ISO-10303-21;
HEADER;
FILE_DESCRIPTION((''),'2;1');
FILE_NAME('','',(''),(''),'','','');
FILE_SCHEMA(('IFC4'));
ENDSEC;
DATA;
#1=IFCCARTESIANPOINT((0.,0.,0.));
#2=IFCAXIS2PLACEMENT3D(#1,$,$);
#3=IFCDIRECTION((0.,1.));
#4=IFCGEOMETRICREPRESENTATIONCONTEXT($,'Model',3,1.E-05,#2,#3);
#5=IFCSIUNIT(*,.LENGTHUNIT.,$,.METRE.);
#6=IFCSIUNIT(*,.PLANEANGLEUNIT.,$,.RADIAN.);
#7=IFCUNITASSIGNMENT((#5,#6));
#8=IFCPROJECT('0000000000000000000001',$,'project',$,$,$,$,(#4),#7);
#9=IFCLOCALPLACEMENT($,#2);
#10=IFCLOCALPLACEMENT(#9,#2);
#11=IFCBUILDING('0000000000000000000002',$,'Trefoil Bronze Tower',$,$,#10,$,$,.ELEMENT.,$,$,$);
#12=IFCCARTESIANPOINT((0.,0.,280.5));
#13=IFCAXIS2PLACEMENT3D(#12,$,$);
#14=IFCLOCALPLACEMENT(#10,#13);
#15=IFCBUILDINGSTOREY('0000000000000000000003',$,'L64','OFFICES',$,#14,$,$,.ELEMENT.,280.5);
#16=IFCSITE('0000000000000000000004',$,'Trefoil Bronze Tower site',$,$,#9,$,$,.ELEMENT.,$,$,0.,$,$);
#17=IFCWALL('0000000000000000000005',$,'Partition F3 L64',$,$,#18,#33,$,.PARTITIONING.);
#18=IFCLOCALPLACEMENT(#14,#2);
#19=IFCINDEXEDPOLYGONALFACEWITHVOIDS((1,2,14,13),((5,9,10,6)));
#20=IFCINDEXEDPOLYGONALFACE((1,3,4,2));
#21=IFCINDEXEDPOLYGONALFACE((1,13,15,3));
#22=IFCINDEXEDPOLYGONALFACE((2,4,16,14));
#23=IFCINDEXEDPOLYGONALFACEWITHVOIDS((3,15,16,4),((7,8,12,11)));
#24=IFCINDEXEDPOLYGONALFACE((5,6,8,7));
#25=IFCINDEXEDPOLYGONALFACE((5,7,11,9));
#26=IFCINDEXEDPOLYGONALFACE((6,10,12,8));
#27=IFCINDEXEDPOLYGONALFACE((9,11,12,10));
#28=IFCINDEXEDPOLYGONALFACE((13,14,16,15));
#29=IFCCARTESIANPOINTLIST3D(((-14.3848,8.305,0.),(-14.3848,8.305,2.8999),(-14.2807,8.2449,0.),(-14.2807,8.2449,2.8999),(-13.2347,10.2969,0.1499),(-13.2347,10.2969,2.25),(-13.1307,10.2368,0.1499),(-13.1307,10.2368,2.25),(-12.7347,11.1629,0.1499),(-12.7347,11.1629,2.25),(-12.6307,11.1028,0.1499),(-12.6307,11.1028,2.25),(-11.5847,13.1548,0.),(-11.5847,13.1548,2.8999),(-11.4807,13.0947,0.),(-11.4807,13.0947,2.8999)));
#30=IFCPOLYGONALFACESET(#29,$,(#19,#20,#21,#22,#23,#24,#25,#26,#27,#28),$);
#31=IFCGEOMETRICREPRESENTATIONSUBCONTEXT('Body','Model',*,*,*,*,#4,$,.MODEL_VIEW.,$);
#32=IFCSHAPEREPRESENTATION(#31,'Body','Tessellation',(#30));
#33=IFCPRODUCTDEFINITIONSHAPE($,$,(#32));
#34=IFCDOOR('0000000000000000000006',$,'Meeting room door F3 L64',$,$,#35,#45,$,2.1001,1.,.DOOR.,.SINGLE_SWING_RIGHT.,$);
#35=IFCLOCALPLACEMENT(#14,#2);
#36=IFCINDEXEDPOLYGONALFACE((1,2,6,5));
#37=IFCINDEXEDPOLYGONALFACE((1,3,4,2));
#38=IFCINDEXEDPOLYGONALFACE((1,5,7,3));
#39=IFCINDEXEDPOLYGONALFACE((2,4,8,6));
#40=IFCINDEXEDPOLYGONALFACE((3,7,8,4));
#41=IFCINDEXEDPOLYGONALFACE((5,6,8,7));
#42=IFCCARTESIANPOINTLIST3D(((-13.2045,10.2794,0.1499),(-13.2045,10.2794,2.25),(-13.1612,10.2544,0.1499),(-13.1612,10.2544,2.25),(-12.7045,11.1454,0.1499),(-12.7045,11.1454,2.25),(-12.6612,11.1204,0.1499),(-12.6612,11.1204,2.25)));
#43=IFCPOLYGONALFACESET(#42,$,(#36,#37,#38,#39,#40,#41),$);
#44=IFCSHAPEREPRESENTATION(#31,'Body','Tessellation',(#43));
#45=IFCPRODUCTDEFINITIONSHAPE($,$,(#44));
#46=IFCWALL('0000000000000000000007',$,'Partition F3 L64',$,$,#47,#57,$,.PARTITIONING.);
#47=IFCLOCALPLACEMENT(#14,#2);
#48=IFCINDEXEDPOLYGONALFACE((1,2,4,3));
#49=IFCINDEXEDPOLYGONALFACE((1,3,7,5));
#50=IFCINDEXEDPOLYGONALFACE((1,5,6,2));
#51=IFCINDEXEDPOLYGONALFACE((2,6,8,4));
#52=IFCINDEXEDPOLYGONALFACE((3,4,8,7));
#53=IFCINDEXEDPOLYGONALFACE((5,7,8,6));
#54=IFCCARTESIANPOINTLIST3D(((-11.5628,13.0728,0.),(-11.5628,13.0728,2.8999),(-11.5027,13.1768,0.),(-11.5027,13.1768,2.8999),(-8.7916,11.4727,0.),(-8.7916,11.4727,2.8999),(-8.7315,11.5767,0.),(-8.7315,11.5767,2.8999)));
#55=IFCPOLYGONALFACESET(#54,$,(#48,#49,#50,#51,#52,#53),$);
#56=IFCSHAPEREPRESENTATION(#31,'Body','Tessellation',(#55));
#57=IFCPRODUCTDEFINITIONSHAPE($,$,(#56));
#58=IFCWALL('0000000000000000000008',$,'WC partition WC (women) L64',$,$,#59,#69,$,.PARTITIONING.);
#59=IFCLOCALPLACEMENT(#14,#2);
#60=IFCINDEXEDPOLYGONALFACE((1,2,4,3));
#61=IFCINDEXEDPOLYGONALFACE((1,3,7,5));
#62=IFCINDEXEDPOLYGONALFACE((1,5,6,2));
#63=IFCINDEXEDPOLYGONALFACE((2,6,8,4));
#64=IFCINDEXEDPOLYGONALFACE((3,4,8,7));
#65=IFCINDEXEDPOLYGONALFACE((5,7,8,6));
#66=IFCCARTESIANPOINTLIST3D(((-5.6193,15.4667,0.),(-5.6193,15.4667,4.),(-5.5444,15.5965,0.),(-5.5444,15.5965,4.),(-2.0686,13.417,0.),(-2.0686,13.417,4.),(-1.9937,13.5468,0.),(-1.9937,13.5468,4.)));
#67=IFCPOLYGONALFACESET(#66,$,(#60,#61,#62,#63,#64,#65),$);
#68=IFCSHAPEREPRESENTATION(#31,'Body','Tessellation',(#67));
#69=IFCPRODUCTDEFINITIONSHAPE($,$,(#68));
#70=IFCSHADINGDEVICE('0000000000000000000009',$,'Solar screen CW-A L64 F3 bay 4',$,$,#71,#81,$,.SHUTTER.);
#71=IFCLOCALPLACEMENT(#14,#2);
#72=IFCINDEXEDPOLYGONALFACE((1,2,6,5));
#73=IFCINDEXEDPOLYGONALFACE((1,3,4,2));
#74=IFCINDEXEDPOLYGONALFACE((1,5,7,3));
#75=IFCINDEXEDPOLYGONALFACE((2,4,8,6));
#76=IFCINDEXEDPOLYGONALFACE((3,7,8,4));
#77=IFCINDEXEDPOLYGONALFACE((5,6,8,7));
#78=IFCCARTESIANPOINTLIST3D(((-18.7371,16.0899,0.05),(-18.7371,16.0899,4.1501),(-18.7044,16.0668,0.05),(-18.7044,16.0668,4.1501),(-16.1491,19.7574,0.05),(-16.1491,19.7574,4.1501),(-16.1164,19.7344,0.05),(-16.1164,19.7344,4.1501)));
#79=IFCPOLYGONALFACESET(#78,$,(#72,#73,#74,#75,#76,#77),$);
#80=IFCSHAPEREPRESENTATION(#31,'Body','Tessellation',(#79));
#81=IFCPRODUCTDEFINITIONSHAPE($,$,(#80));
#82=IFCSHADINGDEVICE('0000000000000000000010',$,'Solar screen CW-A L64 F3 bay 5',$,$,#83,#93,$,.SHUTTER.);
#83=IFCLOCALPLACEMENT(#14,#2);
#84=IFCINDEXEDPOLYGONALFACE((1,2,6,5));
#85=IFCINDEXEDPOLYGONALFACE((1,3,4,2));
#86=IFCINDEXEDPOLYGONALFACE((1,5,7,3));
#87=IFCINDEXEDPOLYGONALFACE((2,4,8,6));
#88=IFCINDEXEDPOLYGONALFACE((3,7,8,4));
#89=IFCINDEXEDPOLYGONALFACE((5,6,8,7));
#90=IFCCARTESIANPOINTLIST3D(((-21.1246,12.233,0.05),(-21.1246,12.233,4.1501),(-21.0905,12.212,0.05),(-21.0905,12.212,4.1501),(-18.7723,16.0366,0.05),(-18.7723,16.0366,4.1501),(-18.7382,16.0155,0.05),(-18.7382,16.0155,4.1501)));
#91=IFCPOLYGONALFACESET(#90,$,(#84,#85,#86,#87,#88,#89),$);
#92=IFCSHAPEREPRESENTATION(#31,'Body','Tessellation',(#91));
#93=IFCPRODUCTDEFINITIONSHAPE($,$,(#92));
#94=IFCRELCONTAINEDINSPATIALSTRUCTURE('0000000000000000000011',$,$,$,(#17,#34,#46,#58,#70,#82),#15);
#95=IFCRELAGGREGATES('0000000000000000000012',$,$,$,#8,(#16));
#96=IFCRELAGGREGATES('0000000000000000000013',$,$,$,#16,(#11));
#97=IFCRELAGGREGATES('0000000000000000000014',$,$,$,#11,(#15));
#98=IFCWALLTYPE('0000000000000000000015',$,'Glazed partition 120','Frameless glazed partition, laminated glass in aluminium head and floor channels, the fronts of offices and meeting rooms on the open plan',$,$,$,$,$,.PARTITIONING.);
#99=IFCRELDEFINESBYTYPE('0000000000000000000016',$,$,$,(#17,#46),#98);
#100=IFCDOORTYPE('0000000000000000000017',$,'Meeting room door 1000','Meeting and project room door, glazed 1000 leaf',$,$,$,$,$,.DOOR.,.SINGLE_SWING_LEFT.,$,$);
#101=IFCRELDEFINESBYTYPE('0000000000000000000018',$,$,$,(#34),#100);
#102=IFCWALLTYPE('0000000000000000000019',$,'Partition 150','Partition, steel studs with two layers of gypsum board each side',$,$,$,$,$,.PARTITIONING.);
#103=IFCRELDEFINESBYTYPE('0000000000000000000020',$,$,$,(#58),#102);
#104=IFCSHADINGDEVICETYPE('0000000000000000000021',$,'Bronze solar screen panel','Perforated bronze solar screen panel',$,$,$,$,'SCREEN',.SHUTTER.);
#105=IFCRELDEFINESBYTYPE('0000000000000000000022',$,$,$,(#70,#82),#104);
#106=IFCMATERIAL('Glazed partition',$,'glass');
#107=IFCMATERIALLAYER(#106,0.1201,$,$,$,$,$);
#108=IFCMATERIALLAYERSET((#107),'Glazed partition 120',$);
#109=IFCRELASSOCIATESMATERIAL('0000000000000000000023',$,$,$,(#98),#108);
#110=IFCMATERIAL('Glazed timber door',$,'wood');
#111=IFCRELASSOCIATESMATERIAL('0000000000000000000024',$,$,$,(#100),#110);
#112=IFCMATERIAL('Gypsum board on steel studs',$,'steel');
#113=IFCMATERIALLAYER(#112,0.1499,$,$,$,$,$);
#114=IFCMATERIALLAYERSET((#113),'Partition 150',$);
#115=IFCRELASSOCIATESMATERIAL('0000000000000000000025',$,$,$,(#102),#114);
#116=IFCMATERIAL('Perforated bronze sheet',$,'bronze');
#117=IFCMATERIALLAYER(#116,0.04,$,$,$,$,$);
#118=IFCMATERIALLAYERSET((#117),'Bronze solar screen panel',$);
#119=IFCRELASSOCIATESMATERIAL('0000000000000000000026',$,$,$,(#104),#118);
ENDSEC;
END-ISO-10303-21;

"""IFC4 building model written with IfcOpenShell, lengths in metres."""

from ifc_helpers import new_model, si_unit, direction, frame, frame_2d, origin, origin_2d, place, context, subcontext, project, spatial, rectangle, extrude, material, layer, layer_set, type_object, element, fill, save


model = new_model("IFC4")

# Units and contexts
model_context = context("Model", 3, precision=1e-05, world=origin(), true_north=direction((0.0, 1.0)))
body_context = subcontext(model_context, "Body", "Model", "MODEL_VIEW")
ifc_project = project(units=[si_unit("LENGTHUNIT", "METRE"), si_unit("PLANEANGLEUNIT", "RADIAN")], contexts=[model_context])

# Site, building, storey
site_placement = place(None, origin())
site = spatial("IfcSite", under=ifc_project, at=site_placement, Name="Trefoil Bronze Tower site", CompositionType="ELEMENT", RefElevation=0.0)
building_placement = place(site_placement, origin())
building = spatial("IfcBuilding", under=site, at=building_placement, Name="Trefoil Bronze Tower", CompositionType="ELEMENT")
storey_placement = place(building_placement, frame((0.0, 0.0, 280.5)))
storey = spatial("IfcBuildingStorey", under=building, at=storey_placement, Name="L64", Description="OFFICES", CompositionType="ELEMENT", Elevation=280.5)

# Wall, opening, door
ifc_material_1 = material(Name="Glazed partition", Category="glass")
ifc_layer_1 = layer(ifc_material_1, 0.1201)
ifc_layer_set_1 = layer_set([ifc_layer_1], Name="Glazed partition 120")
wall_type_1 = type_object("IfcWallType", Name="Glazed partition 120", Description="Frameless glazed partition, laminated glass in aluminium head and floor channels, the fronts of offices and meeting rooms on the open plan", PredefinedType="PARTITIONING", material=ifc_layer_set_1)
wall_1_placement = place(storey_placement, frame((-11.5327, 13.1248, 0.0), z_axis=(0.0, 0.0, 1.0), x_axis=(-0.499998, -0.866027, 0.0)))
wall_1 = element("IfcWall", 1, at=wall_1_placement, inside=storey, type_object=wall_type_1, Name="Partition F3 L64", PredefinedType="PARTITIONING", context=body_context, shape_type="SweptSolid", body=[
    extrude(rectangle(XDim=5.6001, YDim=0.1201, at=frame_2d((2.8, 0.0))), origin(), (0.0, 0.0, 1.0), 2.8999),
])
opening_1_placement = place(wall_1_placement, frame((2.3, 0.0, 0.1499)))
opening_1 = element("IfcOpeningElement", 2, at=opening_1_placement, cuts=wall_1, PredefinedType="OPENING", context=body_context, shape_type="SweptSolid", body=[
    extrude(rectangle(XDim=1.0, YDim=2.1001, at=frame_2d((0.5, 1.05))), frame((0.0, 0.0701, 0.0), z_axis=(0.0, -1.0, 0.0), x_axis=(1.0, 0.0, 0.0)), (0.0, 0.0, 1.0), 0.1401),
])
ifc_material_2 = material(Name="Glazed timber door", Category="wood")
door_type_1 = type_object("IfcDoorType", Name="Meeting room door 1000", Description="Meeting and project room door, glazed 1000 leaf", OperationType="SINGLE_SWING_LEFT", PredefinedType="DOOR", material=ifc_material_2)
door_1_placement = place(opening_1_placement, origin())
door_1 = element("IfcDoor", 3, at=door_1_placement, inside=storey, type_object=door_type_1, Name="Meeting room door F3 L64", OperationType="SINGLE_SWING_RIGHT", OverallHeight=2.1001, OverallWidth=1.0, PredefinedType="DOOR", context=body_context, shape_type="SweptSolid", body=[
    extrude(rectangle(XDim=1.0, YDim=2.1001, at=frame_2d((0.5, 1.05))), frame((0.0, 0.0249, 0.0), z_axis=(0.0, -1.0, 0.0), x_axis=(1.0, 0.0, 0.0)), (0.0, 0.0, 1.0), 0.05),
])
fill(opening_1, door_1)

# Walls
wall_2_placement = place(storey_placement, frame((-8.7615, 11.5247, 0.0), z_axis=(0.0, 0.0, 1.0), x_axis=(-0.866009, 0.500028, 0.0)))
element("IfcWall", 4, at=wall_2_placement, inside=storey, type_object=wall_type_1, Name="Partition F3 L64", PredefinedType="PARTITIONING", context=body_context, shape_type="SweptSolid", body=[
    extrude(rectangle(XDim=3.2, YDim=0.1201, at=frame_2d((1.6001, 0.0))), origin(), (0.0, 0.0, 1.0), 2.8999),
])
ifc_material_3 = material(Name="Gypsum board on steel studs", Category="steel")
ifc_layer_2 = layer(ifc_material_3, 0.1499)
ifc_layer_set_2 = layer_set([ifc_layer_2], Name="Partition 150")
wall_type_2 = type_object("IfcWallType", Name="Partition 150", Description="Partition, steel studs with two layers of gypsum board each side", PredefinedType="PARTITIONING", material=ifc_layer_set_2)
wall_3_placement = place(storey_placement, frame((-2.0312, 13.4819, 0.0), z_axis=(0.0, 0.0, 1.0), x_axis=(-0.866051, 0.499956, 0.0)))
element("IfcWall", 5, at=wall_3_placement, inside=storey, type_object=wall_type_2, Name="WC partition WC (women) L64", PredefinedType="PARTITIONING", context=body_context, shape_type="SweptSolid", body=[
    extrude(rectangle(XDim=4.0999, YDim=0.1499, at=frame_2d((2.0498, 0.0))), origin(), (0.0, 0.0, 1.0), 4.0),
])

# Shading devices
ifc_material_4 = material(Name="Perforated bronze sheet", Category="bronze")
ifc_layer_3 = layer(ifc_material_4, 0.04)
ifc_layer_set_3 = layer_set([ifc_layer_3], Name="Bronze solar screen panel")
shading_device_type = type_object("IfcShadingDeviceType", Name="Bronze solar screen panel", Description="Perforated bronze solar screen panel", ElementType="SCREEN", PredefinedType="SHUTTER", material=ifc_layer_set_3)
shading_device_1_placement = place(storey_placement, frame((-17.4268, 17.9121, 0.05), z_axis=(0.0, 0.0, 1.0), x_axis=(-0.576561, -0.817054, 0.0)))
element("IfcShadingDevice", 6, at=shading_device_1_placement, inside=storey, type_object=shading_device_type, Name="Solar screen CW-A L64 F3 bay 4", PredefinedType="SHUTTER", context=body_context, shape_type="SweptSolid", body=[
    extrude(rectangle(XDim=4.4888, YDim=0.04, at=origin_2d()), origin(), (0.0, 0.0, 1.0), 4.1001),
])
shading_device_2_placement = place(storey_placement, frame((-19.9314, 14.1243, 0.05), z_axis=(0.0, 0.0, 1.0), x_axis=(-0.52598, -0.850497, 0.0)))
element("IfcShadingDevice", 7, at=shading_device_2_placement, inside=storey, type_object=shading_device_type, Name="Solar screen CW-A L64 F3 bay 5", PredefinedType="SHUTTER", context=body_context, shape_type="SweptSolid", body=[
    extrude(rectangle(XDim=4.4722, YDim=0.04, at=origin_2d()), origin(), (0.0, 0.0, 1.0), 4.1001),
])

save(model, "model.ifc")
